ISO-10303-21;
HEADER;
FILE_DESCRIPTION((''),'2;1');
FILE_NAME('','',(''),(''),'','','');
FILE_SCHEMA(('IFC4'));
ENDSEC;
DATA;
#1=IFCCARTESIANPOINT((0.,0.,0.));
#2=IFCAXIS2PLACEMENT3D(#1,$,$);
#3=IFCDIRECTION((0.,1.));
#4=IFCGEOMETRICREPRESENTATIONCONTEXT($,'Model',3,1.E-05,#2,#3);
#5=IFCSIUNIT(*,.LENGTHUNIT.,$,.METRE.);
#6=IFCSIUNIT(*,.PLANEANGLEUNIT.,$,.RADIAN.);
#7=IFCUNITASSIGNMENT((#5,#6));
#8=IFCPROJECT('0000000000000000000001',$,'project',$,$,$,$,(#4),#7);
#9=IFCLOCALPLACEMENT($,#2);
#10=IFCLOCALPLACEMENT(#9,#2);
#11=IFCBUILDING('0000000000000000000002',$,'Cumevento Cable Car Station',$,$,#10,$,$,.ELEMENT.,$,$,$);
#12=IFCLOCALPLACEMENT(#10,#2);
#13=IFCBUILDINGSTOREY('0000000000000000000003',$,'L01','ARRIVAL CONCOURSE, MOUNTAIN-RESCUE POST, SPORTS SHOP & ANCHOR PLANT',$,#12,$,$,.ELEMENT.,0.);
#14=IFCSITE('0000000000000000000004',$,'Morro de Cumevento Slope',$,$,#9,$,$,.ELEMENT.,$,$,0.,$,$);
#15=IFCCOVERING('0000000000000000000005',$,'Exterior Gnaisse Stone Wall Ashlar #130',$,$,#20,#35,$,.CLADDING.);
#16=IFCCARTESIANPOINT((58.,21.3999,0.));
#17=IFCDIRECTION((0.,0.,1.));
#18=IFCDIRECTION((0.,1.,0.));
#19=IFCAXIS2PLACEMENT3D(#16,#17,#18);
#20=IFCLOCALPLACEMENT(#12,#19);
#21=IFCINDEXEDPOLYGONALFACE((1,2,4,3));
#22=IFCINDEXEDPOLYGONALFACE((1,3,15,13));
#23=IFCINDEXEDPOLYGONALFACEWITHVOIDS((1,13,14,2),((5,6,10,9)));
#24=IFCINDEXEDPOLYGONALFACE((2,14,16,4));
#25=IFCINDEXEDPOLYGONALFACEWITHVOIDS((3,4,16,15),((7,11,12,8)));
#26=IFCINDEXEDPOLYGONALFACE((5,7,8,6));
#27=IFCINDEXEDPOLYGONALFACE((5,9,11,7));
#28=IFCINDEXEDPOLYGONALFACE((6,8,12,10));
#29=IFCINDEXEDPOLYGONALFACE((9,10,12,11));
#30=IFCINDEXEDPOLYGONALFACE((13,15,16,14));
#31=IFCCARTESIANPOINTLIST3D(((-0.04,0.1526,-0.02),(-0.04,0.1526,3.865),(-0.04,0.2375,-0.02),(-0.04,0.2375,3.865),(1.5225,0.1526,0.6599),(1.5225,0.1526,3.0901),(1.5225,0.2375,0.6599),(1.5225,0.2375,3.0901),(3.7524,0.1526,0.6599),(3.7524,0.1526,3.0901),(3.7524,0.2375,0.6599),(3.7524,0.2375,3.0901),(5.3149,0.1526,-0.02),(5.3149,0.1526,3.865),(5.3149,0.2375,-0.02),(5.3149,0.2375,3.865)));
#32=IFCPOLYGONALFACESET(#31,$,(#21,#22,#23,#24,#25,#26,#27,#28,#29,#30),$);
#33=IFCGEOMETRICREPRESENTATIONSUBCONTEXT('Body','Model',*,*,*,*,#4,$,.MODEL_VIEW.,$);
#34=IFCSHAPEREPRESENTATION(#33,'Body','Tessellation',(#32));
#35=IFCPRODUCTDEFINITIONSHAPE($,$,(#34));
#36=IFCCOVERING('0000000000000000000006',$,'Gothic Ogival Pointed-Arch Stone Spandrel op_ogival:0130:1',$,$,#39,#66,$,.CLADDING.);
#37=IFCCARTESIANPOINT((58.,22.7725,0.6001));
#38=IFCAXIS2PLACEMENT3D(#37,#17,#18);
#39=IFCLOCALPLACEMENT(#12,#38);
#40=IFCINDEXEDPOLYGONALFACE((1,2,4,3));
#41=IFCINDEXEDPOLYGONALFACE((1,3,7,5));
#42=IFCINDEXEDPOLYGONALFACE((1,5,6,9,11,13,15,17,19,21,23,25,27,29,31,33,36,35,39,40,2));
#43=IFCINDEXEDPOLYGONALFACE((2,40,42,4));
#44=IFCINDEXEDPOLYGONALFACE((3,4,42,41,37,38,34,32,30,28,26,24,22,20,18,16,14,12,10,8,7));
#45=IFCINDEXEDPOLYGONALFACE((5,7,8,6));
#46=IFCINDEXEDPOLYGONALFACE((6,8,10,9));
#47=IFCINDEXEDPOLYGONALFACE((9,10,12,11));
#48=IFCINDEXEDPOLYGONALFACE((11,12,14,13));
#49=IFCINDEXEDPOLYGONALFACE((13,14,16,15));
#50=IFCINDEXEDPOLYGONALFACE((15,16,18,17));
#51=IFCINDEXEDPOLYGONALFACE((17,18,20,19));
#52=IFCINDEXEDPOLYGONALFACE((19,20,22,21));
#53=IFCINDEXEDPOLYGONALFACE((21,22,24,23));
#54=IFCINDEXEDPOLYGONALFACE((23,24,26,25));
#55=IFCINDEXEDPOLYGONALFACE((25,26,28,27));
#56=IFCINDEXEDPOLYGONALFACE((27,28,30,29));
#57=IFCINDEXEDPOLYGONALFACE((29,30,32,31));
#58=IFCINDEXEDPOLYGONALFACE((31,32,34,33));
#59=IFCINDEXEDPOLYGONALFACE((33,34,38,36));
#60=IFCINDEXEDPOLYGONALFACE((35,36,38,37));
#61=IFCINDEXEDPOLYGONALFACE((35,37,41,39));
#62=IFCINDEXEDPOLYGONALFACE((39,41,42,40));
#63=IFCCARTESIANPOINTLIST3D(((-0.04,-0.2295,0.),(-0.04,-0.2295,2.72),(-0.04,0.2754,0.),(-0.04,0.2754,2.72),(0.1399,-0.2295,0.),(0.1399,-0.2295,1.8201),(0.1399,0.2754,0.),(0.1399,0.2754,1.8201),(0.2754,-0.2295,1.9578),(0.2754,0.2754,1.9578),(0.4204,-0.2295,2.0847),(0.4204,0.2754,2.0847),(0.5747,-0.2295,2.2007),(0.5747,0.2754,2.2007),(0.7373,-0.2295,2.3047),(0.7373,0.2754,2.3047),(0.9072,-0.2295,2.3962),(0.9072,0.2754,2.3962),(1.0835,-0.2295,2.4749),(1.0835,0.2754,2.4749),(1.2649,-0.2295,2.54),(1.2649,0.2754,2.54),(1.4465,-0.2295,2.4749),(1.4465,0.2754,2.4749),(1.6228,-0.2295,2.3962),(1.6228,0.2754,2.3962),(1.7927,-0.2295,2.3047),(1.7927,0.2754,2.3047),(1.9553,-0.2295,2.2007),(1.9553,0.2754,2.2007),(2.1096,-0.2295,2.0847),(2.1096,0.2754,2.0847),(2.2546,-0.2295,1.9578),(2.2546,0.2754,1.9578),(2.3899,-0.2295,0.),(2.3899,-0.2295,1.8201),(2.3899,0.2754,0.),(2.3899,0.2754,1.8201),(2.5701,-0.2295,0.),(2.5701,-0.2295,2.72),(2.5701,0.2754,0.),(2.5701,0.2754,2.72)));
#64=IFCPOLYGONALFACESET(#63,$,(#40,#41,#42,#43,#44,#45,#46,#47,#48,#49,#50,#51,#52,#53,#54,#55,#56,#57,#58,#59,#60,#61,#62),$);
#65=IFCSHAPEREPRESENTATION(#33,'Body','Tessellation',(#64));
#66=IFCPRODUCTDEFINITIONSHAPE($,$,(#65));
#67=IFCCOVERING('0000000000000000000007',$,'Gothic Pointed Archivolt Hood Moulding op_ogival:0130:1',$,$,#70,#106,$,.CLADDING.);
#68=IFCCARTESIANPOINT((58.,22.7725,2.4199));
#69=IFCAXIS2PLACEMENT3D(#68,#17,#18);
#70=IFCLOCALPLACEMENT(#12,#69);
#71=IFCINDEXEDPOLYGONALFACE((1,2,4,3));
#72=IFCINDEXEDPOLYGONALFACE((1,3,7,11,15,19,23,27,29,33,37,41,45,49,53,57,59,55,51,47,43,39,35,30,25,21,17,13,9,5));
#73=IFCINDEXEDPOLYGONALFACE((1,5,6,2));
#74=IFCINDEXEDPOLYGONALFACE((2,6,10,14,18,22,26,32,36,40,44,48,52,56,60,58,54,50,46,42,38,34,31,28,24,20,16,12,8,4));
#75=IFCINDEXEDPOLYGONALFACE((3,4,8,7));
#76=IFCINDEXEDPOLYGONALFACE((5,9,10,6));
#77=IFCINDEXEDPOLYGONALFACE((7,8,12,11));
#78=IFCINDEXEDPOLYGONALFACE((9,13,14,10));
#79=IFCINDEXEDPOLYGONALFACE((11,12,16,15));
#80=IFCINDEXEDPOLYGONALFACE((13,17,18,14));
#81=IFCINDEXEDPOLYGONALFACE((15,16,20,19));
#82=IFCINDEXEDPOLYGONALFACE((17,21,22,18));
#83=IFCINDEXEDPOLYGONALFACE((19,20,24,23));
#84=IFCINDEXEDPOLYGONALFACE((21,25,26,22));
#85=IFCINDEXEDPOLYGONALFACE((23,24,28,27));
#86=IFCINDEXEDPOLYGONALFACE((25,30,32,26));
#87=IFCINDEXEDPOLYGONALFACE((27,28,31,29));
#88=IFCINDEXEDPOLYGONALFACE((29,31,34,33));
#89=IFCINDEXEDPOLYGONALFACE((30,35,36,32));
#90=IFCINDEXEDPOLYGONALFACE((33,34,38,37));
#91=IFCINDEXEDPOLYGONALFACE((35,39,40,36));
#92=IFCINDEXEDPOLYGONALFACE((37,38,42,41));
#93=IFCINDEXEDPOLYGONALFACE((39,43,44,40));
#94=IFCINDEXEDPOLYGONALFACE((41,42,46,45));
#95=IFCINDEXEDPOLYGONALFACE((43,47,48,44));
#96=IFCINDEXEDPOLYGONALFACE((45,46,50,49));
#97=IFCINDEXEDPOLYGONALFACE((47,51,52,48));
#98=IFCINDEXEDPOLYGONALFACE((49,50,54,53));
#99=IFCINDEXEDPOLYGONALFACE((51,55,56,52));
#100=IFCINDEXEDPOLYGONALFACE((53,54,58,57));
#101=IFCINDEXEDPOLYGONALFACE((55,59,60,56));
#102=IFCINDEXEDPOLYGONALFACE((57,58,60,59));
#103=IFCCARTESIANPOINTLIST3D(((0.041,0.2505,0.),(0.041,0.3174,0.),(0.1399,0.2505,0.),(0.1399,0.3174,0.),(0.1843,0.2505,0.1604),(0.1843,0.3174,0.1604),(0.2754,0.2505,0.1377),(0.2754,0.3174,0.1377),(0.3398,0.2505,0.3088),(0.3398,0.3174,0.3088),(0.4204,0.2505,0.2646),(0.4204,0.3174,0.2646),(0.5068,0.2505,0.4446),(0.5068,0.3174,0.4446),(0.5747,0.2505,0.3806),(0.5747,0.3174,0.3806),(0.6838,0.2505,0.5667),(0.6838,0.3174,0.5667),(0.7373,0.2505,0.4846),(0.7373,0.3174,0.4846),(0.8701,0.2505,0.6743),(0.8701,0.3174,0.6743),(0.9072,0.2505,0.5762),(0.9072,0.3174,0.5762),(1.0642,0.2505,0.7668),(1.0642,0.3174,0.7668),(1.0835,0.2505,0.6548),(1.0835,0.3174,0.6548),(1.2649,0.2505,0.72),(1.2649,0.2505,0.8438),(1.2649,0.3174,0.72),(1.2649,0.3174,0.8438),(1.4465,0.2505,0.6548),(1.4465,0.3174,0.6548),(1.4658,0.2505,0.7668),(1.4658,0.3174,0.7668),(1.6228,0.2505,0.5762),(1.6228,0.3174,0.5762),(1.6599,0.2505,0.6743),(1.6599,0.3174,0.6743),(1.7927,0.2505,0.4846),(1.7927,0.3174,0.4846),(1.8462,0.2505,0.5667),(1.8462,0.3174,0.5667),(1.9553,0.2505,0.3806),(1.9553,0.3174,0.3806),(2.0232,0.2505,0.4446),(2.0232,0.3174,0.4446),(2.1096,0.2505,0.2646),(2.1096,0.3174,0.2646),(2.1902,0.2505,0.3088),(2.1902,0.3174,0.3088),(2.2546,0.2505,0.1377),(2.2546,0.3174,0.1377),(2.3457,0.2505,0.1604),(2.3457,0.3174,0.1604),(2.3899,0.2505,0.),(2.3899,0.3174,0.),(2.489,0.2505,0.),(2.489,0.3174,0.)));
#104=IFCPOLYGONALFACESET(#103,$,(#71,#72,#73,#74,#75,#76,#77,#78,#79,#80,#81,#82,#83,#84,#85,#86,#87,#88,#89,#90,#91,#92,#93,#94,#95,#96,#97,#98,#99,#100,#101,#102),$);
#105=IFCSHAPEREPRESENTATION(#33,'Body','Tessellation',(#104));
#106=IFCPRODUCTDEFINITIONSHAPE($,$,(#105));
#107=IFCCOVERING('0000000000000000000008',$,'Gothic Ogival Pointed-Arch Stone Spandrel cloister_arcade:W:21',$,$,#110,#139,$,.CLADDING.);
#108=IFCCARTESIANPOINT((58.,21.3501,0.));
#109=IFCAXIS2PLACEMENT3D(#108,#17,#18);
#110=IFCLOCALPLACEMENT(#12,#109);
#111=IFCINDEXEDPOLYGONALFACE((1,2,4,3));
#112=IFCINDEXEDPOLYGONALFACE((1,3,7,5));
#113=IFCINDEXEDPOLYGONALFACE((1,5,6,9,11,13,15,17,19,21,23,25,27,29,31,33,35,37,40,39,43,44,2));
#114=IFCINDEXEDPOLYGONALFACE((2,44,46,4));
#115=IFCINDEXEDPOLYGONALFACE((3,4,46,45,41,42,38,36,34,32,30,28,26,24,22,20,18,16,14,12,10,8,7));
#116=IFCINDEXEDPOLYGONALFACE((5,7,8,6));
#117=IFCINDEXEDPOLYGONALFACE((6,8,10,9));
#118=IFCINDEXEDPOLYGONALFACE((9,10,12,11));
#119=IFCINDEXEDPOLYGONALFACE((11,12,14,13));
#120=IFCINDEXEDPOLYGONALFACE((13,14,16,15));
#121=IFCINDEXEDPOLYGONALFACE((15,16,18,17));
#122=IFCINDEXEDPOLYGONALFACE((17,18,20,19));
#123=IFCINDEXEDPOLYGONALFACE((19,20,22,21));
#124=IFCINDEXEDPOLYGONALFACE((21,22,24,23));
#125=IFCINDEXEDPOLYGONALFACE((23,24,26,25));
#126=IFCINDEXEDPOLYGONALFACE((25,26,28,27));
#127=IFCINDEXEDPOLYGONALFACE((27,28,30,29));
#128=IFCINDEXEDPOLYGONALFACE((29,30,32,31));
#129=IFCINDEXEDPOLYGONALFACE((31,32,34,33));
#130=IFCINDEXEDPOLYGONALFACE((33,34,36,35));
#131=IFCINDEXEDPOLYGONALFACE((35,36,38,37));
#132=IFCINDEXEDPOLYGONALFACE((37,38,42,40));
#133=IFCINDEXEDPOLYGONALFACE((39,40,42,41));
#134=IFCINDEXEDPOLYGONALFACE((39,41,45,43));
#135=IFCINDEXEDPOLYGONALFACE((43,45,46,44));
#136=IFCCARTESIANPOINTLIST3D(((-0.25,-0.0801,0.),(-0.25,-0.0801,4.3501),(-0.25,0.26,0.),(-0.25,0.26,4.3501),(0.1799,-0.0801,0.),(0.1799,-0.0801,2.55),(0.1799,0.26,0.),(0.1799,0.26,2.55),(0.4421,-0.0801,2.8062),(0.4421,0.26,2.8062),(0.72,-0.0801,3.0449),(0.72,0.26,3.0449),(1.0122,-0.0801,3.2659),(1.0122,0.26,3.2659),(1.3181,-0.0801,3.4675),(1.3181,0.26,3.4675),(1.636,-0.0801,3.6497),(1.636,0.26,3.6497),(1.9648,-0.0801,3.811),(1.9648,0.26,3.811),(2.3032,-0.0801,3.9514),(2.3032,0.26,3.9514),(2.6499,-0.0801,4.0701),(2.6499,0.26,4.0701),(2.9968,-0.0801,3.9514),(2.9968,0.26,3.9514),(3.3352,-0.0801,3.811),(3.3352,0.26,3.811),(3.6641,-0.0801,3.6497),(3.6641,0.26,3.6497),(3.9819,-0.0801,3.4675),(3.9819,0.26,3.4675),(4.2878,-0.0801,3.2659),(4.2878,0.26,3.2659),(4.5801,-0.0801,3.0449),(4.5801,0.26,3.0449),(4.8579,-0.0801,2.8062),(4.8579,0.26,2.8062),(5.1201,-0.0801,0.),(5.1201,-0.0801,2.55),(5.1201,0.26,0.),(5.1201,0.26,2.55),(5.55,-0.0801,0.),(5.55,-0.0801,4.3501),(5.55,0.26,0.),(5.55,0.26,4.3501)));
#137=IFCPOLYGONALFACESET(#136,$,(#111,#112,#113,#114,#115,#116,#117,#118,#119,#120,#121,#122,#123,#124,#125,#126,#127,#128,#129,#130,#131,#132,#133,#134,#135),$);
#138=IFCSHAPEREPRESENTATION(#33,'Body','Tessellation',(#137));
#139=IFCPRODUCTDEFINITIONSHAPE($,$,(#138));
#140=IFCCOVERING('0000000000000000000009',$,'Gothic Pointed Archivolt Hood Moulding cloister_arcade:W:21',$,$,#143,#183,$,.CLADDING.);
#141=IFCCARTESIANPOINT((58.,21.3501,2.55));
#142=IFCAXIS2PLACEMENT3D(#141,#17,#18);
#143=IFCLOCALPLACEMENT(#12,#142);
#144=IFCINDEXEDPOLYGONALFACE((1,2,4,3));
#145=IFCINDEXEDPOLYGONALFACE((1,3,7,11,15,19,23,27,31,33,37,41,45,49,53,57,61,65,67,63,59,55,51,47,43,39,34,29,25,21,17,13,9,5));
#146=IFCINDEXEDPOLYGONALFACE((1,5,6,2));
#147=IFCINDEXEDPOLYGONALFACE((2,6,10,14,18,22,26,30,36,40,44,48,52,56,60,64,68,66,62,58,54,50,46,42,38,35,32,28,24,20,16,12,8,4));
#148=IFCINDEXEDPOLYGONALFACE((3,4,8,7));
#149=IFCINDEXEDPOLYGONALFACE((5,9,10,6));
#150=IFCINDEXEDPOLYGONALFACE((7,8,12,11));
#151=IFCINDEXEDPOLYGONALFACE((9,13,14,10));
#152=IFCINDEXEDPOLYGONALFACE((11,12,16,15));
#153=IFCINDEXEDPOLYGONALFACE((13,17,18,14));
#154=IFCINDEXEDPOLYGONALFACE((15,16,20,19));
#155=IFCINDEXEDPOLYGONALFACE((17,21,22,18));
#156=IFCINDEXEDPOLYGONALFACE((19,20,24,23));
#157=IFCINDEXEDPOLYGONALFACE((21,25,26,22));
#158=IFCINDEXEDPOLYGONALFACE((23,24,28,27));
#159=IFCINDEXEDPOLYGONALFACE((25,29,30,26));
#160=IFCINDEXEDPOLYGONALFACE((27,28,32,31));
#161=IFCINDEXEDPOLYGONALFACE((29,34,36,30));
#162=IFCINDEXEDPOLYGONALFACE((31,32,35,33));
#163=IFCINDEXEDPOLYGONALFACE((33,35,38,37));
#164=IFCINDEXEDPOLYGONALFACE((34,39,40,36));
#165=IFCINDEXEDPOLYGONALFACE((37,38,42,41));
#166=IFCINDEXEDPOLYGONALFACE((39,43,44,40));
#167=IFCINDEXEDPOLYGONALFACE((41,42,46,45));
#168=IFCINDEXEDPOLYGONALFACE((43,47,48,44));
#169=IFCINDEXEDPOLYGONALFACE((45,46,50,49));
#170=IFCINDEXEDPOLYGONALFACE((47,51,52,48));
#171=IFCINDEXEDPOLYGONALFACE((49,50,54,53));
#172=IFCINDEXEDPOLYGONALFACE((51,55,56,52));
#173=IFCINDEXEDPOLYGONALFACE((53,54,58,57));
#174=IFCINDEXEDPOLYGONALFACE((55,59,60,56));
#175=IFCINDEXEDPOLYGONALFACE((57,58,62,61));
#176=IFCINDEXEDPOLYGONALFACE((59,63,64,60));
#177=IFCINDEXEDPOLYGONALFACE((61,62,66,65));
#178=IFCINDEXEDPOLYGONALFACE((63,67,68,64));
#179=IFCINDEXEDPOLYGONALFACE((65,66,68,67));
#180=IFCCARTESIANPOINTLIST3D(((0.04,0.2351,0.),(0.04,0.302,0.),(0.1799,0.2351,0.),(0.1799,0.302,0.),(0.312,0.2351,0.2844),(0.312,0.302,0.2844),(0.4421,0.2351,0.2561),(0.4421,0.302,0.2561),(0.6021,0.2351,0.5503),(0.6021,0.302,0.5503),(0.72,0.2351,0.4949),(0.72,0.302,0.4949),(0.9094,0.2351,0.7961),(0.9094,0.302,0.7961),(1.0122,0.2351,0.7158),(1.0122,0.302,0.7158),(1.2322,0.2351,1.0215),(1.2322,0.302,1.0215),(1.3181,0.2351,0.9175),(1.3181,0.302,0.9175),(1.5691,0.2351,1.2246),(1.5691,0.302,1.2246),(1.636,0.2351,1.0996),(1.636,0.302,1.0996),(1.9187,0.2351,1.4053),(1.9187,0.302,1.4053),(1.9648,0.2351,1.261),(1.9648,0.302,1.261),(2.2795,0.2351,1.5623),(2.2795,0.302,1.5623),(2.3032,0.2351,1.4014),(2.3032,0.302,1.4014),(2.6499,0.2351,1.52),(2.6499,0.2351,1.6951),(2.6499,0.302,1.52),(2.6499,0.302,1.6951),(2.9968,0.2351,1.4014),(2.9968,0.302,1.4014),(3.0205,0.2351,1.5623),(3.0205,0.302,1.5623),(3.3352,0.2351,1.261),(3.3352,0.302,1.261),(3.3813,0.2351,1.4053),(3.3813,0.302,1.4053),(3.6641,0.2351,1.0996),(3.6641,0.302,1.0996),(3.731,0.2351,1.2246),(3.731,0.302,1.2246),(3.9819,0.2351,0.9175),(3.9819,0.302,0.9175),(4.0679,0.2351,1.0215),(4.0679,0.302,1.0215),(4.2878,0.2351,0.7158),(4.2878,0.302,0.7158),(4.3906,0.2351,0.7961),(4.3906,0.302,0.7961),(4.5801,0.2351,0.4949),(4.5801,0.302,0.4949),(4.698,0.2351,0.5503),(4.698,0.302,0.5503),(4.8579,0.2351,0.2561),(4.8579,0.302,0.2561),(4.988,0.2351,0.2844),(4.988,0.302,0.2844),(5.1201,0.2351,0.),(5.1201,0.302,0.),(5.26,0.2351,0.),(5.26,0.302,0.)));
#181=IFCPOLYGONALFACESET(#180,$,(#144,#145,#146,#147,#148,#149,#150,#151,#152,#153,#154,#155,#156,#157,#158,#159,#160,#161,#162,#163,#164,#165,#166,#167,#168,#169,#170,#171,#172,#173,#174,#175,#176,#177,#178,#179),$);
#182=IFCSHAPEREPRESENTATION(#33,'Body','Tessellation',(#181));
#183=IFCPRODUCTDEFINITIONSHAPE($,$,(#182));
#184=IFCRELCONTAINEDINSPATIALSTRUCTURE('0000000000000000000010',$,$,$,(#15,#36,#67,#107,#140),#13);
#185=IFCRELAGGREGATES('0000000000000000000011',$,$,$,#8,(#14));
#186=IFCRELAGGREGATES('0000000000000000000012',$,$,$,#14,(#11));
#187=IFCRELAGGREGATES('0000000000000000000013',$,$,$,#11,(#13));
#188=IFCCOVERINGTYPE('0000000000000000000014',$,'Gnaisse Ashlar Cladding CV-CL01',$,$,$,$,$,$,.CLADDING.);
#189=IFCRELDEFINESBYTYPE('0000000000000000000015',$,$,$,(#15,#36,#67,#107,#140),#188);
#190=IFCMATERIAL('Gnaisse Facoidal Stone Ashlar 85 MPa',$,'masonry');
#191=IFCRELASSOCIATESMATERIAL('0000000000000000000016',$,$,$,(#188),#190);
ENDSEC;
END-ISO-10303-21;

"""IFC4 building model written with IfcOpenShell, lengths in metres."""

from ifc_helpers import new_model, si_unit, direction, frame, origin, place, context, subcontext, project, spatial, polyline, outline, extrude, material, type_object, element, save


model = new_model("IFC4")

# Units and contexts
model_context = context("Model", 3, precision=1e-05, world=origin(), true_north=direction((0.0, 1.0)))
body_context = subcontext(model_context, "Body", "Model", "MODEL_VIEW")
ifc_project = project(units=[si_unit("LENGTHUNIT", "METRE"), si_unit("PLANEANGLEUNIT", "RADIAN")], contexts=[model_context])

# Site, building, storey
site_placement = place(None, origin())
site = spatial("IfcSite", under=ifc_project, at=site_placement, Name="Morro de Cumevento Slope", CompositionType="ELEMENT", RefElevation=0.0)
building_placement = place(site_placement, origin())
building = spatial("IfcBuilding", under=site, at=building_placement, Name="Cumevento Cable Car Station", CompositionType="ELEMENT")
storey_placement = place(building_placement, origin())
storey = spatial("IfcBuildingStorey", under=building, at=storey_placement, Name="L01", Description="ARRIVAL CONCOURSE, MOUNTAIN-RESCUE POST, SPORTS SHOP & ANCHOR PLANT", CompositionType="ELEMENT", Elevation=0.0)

# Coverings
ifc_material_1 = material(Name="Gnaisse Facoidal Stone Ashlar 85 MPa", Category="masonry")
covering_type = type_object("IfcCoveringType", Name="Gnaisse Ashlar Cladding CV-CL01", PredefinedType="CLADDING", material=ifc_material_1)
covering_1_placement = place(storey_placement, frame((58.0, 21.3999, 0.0), z_axis=(0.0, 0.0, 1.0), x_axis=(0.0, 1.0, 0.0)))
element("IfcCovering", 1, at=covering_1_placement, inside=storey, type_object=covering_type, Name="Exterior Gnaisse Stone Wall Ashlar #130", PredefinedType="CLADDING", context=body_context, shape_type="SweptSolid", body=[
    extrude(outline(polyline([(-0.04, -0.02), (5.3149, -0.02), (5.3149, 3.865), (-0.04, 3.865), (-0.04, -0.02)]), holes=[polyline([(1.5225, 0.6599), (3.7524, 0.6599), (3.7524, 3.0901), (1.5225, 3.0901), (1.5225, 0.6599)])]), frame((0.0, 0.2375, 0.0), z_axis=(0.0, -1.0, 0.0), x_axis=(1.0, 0.0, 0.0)), (0.0, 0.0, 1.0), 0.085),
])
covering_2_placement = place(storey_placement, frame((58.0, 22.7725, 0.6001), z_axis=(0.0, 0.0, 1.0), x_axis=(0.0, 1.0, 0.0)))
element("IfcCovering", 2, at=covering_2_placement, inside=storey, type_object=covering_type, Name="Gothic Ogival Pointed-Arch Stone Spandrel op_ogival:0130:1", PredefinedType="CLADDING", context=body_context, shape_type="SweptSolid", body=[
    extrude(outline(polyline([(-0.04, 0.0), (-0.04, 2.72), (2.5701, 2.72), (2.5701, 0.0), (2.3899, 0.0), (2.3899, 1.8201), (2.2546, 1.9578), (2.1096, 2.0847), (1.9553, 2.2007), (1.7927, 2.3047), (1.6228, 2.3962), (1.4465, 2.4749), (1.2649, 2.54), (1.0835, 2.4749), (0.9072, 2.3962), (0.7373, 2.3047), (0.5747, 2.2007), (0.4204, 2.0847), (0.2754, 1.9578), (0.1399, 1.8201), (0.1399, 0.0), (-0.04, 0.0)])), frame((0.0, 0.2754, 0.0), z_axis=(0.0, -1.0, 0.0), x_axis=(1.0, 0.0, 0.0)), (0.0, 0.0, 1.0), 0.5049),
])
covering_3_placement = place(storey_placement, frame((58.0, 22.7725, 2.4199), z_axis=(0.0, 0.0, 1.0), x_axis=(0.0, 1.0, 0.0)))
element("IfcCovering", 3, at=covering_3_placement, inside=storey, type_object=covering_type, Name="Gothic Pointed Archivolt Hood Moulding op_ogival:0130:1", PredefinedType="CLADDING", context=body_context, shape_type="SweptSolid", body=[
    extrude(outline(polyline([(0.1399, 0.0), (0.2754, 0.1377), (0.4204, 0.2646), (0.5747, 0.3806), (0.7373, 0.4846), (0.9072, 0.5762), (1.0835, 0.6548), (1.2649, 0.72), (1.4465, 0.6548), (1.6228, 0.5762), (1.7927, 0.4846), (1.9553, 0.3806), (2.1096, 0.2646), (2.2546, 0.1377), (2.3899, 0.0), (2.489, 0.0), (2.3457, 0.1604), (2.1902, 0.3088), (2.0232, 0.4446), (1.8462, 0.5667), (1.6599, 0.6743), (1.4658, 0.7668), (1.2649, 0.8438), (1.0642, 0.7668), (0.8701, 0.6743), (0.6838, 0.5667), (0.5068, 0.4446), (0.3398, 0.3088), (0.1843, 0.1604), (0.041, 0.0), (0.1399, 0.0)])), frame((0.0, 0.3174, 0.0), z_axis=(0.0, -1.0, 0.0), x_axis=(1.0, 0.0, 0.0)), (0.0, 0.0, 1.0), 0.0669),
])
covering_4_placement = place(storey_placement, frame((58.0, 21.3501, 0.0), z_axis=(0.0, 0.0, 1.0), x_axis=(0.0, 1.0, 0.0)))
element("IfcCovering", 4, at=covering_4_placement, inside=storey, type_object=covering_type, Name="Gothic Ogival Pointed-Arch Stone Spandrel cloister_arcade:W:21", PredefinedType="CLADDING", context=body_context, shape_type="SweptSolid", body=[
    extrude(outline(polyline([(-0.25, 0.0), (-0.25, 4.3501), (5.55, 4.3501), (5.55, 0.0), (5.1201, 0.0), (5.1201, 2.55), (4.8579, 2.8062), (4.5801, 3.0449), (4.2878, 3.2659), (3.9819, 3.4675), (3.6641, 3.6497), (3.3352, 3.811), (2.9968, 3.9514), (2.6499, 4.0701), (2.3032, 3.9514), (1.9648, 3.811), (1.636, 3.6497), (1.3181, 3.4675), (1.0122, 3.2659), (0.72, 3.0449), (0.4421, 2.8062), (0.1799, 2.55), (0.1799, 0.0), (-0.25, 0.0)])), frame((0.0, 0.26, 0.0), z_axis=(0.0, -1.0, 0.0), x_axis=(1.0, 0.0, 0.0)), (0.0, 0.0, 1.0), 0.3401),
])
covering_5_placement = place(storey_placement, frame((58.0, 21.3501, 2.55), z_axis=(0.0, 0.0, 1.0), x_axis=(0.0, 1.0, 0.0)))
element("IfcCovering", 5, at=covering_5_placement, inside=storey, type_object=covering_type, Name="Gothic Pointed Archivolt Hood Moulding cloister_arcade:W:21", PredefinedType="CLADDING", context=body_context, shape_type="SweptSolid", body=[
    extrude(outline(polyline([(0.1799, 0.0), (0.4421, 0.2561), (0.72, 0.4949), (1.0122, 0.7158), (1.3181, 0.9175), (1.636, 1.0996), (1.9648, 1.261), (2.3032, 1.4014), (2.6499, 1.52), (2.9968, 1.4014), (3.3352, 1.261), (3.6641, 1.0996), (3.9819, 0.9175), (4.2878, 0.7158), (4.5801, 0.4949), (4.8579, 0.2561), (5.1201, 0.0), (5.26, 0.0), (4.988, 0.2844), (4.698, 0.5503), (4.3906, 0.7961), (4.0679, 1.0215), (3.731, 1.2246), (3.3813, 1.4053), (3.0205, 1.5623), (2.6499, 1.6951), (2.2795, 1.5623), (1.9187, 1.4053), (1.5691, 1.2246), (1.2322, 1.0215), (0.9094, 0.7961), (0.6021, 0.5503), (0.312, 0.2844), (0.04, 0.0), (0.1799, 0.0)])), frame((0.0, 0.302, 0.0), z_axis=(0.0, -1.0, 0.0), x_axis=(1.0, 0.0, 0.0)), (0.0, 0.0, 1.0), 0.0669),
])

save(model, "model.ifc")
